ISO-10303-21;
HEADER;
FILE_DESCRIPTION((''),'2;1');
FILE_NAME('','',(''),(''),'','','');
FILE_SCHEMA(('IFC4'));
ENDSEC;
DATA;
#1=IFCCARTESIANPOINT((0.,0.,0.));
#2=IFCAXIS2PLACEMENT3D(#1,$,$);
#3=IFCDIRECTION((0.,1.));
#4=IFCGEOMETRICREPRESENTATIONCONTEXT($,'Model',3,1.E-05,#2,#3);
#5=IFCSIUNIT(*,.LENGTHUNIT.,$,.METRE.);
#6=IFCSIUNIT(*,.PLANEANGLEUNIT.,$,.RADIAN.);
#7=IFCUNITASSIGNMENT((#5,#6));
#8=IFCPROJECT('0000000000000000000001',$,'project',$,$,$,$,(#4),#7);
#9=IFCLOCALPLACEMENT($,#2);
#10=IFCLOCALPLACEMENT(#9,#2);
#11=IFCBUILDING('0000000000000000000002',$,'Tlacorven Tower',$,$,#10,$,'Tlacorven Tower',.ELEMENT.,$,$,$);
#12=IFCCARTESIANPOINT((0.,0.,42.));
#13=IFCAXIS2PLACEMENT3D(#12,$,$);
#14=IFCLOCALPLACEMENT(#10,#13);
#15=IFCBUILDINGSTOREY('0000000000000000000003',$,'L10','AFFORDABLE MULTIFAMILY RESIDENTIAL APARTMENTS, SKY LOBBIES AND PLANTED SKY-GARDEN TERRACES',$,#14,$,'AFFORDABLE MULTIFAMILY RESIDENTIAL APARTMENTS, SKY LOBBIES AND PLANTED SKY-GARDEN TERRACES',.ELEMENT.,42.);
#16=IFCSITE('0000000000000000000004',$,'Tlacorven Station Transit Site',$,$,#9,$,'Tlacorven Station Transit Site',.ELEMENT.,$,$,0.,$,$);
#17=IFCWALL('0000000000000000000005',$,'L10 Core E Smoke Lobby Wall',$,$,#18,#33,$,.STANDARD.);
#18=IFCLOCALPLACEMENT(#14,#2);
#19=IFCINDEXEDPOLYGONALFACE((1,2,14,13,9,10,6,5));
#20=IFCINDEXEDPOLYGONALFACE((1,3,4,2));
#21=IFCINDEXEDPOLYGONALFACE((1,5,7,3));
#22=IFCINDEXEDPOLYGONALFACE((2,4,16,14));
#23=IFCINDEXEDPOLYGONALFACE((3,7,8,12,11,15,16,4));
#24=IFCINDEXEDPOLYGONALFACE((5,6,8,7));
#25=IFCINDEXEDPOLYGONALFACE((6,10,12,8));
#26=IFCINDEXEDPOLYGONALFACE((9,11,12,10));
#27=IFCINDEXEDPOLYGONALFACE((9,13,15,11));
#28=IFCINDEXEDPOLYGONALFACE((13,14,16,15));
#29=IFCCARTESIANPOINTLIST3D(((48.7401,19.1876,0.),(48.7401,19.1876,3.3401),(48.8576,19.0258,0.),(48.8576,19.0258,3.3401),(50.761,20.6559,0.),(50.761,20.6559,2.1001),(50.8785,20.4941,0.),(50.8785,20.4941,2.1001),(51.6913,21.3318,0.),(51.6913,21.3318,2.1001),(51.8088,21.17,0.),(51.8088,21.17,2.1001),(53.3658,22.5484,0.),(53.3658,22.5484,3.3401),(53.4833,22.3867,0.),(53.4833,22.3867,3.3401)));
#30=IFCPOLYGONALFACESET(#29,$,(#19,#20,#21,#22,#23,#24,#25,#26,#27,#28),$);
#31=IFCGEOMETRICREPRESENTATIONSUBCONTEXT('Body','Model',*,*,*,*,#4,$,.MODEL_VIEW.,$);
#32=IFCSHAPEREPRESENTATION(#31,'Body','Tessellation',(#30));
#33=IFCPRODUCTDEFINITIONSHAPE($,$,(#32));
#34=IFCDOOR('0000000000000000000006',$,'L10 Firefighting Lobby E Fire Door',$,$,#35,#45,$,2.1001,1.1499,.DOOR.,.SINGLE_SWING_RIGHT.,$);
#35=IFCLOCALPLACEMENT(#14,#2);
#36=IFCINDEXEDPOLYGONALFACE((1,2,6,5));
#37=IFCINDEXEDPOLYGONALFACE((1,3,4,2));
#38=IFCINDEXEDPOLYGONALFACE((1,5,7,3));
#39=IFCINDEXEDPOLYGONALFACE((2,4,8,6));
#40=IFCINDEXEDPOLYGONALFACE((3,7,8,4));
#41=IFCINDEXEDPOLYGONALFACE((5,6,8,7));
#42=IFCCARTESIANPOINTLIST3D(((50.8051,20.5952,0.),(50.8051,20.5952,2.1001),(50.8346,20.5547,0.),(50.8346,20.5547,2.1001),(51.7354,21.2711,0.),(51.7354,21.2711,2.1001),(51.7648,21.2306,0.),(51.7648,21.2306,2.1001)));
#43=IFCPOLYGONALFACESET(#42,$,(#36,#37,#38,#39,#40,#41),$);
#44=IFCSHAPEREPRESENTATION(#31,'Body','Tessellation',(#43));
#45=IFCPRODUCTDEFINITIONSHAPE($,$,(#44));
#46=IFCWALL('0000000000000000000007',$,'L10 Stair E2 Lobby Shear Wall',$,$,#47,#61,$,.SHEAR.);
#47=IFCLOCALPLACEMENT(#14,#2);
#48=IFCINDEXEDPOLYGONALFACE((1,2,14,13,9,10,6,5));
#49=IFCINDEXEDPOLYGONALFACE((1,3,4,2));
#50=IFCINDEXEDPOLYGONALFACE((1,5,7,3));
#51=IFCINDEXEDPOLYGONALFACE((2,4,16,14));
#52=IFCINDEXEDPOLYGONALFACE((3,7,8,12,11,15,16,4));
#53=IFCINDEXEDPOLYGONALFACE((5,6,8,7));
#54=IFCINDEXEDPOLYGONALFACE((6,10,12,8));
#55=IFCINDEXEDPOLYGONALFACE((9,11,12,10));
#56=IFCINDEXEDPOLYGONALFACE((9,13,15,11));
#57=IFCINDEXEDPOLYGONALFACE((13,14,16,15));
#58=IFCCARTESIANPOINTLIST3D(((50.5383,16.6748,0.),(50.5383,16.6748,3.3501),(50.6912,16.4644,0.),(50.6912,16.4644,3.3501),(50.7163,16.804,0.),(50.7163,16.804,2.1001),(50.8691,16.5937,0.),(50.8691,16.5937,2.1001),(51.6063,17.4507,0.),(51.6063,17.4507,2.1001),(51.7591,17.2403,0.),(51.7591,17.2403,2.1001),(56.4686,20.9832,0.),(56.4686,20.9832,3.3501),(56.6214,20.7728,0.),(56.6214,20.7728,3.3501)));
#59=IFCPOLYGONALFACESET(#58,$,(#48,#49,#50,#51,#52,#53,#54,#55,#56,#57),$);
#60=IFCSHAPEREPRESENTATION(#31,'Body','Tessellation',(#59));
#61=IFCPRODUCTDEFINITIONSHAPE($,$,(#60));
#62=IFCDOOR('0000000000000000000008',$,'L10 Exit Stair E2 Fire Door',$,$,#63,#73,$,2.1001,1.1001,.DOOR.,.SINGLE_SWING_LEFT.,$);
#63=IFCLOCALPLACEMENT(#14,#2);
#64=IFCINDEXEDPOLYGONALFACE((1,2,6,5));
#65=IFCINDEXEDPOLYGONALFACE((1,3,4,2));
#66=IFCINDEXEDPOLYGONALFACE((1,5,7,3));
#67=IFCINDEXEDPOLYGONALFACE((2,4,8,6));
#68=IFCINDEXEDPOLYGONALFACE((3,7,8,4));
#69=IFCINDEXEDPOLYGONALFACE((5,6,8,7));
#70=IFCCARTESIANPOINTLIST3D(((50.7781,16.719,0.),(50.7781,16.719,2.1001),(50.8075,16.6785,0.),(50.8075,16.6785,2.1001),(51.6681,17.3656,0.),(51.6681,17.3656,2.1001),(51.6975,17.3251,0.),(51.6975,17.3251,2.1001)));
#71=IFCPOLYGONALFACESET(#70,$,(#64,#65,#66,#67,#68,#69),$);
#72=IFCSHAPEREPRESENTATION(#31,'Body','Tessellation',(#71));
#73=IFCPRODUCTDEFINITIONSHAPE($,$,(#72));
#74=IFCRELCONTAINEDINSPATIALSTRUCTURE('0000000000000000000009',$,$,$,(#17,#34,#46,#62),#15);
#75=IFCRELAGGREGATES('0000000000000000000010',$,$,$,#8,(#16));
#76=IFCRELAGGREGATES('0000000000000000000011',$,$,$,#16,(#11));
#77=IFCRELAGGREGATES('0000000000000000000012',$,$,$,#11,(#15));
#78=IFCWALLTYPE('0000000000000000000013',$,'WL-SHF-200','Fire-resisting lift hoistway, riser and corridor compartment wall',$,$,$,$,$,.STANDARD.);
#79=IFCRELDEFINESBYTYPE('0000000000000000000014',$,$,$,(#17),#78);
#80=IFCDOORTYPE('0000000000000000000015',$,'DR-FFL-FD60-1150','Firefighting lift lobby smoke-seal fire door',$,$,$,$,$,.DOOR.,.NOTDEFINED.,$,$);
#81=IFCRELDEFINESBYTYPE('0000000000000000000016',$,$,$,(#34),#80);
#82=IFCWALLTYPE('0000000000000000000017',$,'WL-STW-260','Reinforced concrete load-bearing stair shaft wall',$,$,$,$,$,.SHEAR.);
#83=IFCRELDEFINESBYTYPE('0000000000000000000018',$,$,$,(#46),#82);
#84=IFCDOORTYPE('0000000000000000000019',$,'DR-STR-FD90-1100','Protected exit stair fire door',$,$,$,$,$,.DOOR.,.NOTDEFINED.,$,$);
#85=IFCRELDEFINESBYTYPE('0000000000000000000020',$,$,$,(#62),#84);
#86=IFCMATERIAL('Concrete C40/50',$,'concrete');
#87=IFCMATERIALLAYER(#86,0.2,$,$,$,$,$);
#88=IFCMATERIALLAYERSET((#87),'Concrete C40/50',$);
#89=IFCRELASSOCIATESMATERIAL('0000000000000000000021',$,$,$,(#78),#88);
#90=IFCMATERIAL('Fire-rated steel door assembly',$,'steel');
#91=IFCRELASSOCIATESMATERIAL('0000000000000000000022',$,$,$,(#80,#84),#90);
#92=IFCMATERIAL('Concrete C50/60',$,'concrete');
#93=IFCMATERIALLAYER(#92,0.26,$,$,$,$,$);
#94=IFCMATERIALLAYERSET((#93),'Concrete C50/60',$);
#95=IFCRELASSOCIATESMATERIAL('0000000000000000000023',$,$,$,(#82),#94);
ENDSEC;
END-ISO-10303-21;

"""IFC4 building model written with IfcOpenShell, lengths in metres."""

from ifc_helpers import new_model, si_unit, direction, frame, frame_2d, origin, place, context, subcontext, project, spatial, rectangle, extrude, source, transform, mapped, material, layer, layer_set, type_object, element, fill, save


model = new_model("IFC4")

# Units and contexts
model_context = context("Model", 3, precision=1e-05, world=origin(), true_north=direction((0.0, 1.0)))
body_context = subcontext(model_context, "Body", "Model", "MODEL_VIEW")
ifc_project = project(units=[si_unit("LENGTHUNIT", "METRE"), si_unit("PLANEANGLEUNIT", "RADIAN")], contexts=[model_context])

# Site, building, storey
site_placement = place(None, origin())
site = spatial("IfcSite", under=ifc_project, at=site_placement, Name="Tlacorven Station Transit Site", LongName="Tlacorven Station Transit Site", CompositionType="ELEMENT", RefElevation=0.0)
building_placement = place(site_placement, origin())
building = spatial("IfcBuilding", under=site, at=building_placement, Name="Tlacorven Tower", LongName="Tlacorven Tower", CompositionType="ELEMENT")
storey_placement = place(building_placement, frame((0.0, 0.0, 42.0)))
storey = spatial("IfcBuildingStorey", under=building, at=storey_placement, Name="L10", Description="AFFORDABLE MULTIFAMILY RESIDENTIAL APARTMENTS, SKY LOBBIES AND PLANTED SKY-GARDEN TERRACES", LongName="AFFORDABLE MULTIFAMILY RESIDENTIAL APARTMENTS, SKY LOBBIES AND PLANTED SKY-GARDEN TERRACES", CompositionType="ELEMENT", Elevation=42.0)

# Shared definitions
ifc_material_1 = material(Name="Fire-rated steel door assembly", Category="steel")

# Walls, openings, doors
ifc_material_2 = material(Name="Concrete C40/50", Category="concrete")
ifc_layer_1 = layer(ifc_material_2, 0.2)
ifc_layer_set_1 = layer_set([ifc_layer_1], Name="Concrete C40/50")
wall_type_1 = type_object("IfcWallType", Name="WL-SHF-200", Description="Fire-resisting lift hoistway, riser and corridor compartment wall", PredefinedType="STANDARD", material=ifc_layer_set_1)
door_type_1 = type_object("IfcDoorType", Name="DR-FFL-FD60-1150", Description="Firefighting lift lobby smoke-seal fire door", OperationType="NOTDEFINED", PredefinedType="DOOR", material=ifc_material_1)
shared_shape_1 = source(origin(), body_context, "Body", "SweptSolid", [
    extrude(rectangle(XDim=1.1499, YDim=2.1001, at=frame_2d((0.575, 1.05))), frame((0.0, 0.0249, 0.0), z_axis=(0.0, -1.0, 0.0), x_axis=(1.0, 0.0, 0.0)), (0.0, 0.0, 1.0), 0.05),
])
wall_1_placement = place(storey_placement, frame((48.7988, 19.1067, 0.0), z_axis=(0.0, 0.0, 1.0), x_axis=(0.809013, 0.587791, 0.0)))
wall_1 = element("IfcWall", 1, at=wall_1_placement, inside=storey, type_object=wall_type_1, Name="L10 Core E Smoke Lobby Wall", PredefinedType="STANDARD", context=body_context, shape_type="SweptSolid", body=[
    extrude(rectangle(XDim=5.7178, YDim=0.2, at=frame_2d((2.8589, 0.0))), origin(), (0.0, 0.0, 1.0), 3.3401),
])
opening_1_placement = place(wall_1_placement, frame((2.498, 0.0, 0.0)))
opening_1 = element("IfcOpeningElement", 2, at=opening_1_placement, cuts=wall_1, PredefinedType="OPENING", context=body_context, shape_type="SweptSolid", body=[
    extrude(rectangle(XDim=1.1499, YDim=2.1001, at=frame_2d((0.575, 1.05))), frame((0.0, 0.1099, 0.0), z_axis=(0.0, -1.0, 0.0), x_axis=(1.0, 0.0, 0.0)), (0.0, 0.0, 1.0), 0.22),
])
door_1_placement = place(opening_1_placement, origin())
door_1 = element("IfcDoor", 3, at=door_1_placement, inside=storey, type_object=door_type_1, Name="L10 Firefighting Lobby E Fire Door", OperationType="SINGLE_SWING_RIGHT", OverallHeight=2.1001, OverallWidth=1.1499, PredefinedType="DOOR", context=body_context, shape_type="MappedRepresentation", body=[
    mapped(shared_shape_1, transform((0.0, 0.0, 0.0), scale=1.0)),
])
fill(opening_1, door_1)
ifc_material_3 = material(Name="Concrete C50/60", Category="concrete")
ifc_layer_2 = layer(ifc_material_3, 0.26)
ifc_layer_set_2 = layer_set([ifc_layer_2], Name="Concrete C50/60")
wall_type_2 = type_object("IfcWallType", Name="WL-STW-260", Description="Reinforced concrete load-bearing stair shaft wall", PredefinedType="SHEAR", material=ifc_layer_set_2)
wall_2_placement = place(storey_placement, frame((50.6147, 16.5696, 0.0), z_axis=(0.0, 0.0, 1.0), x_axis=(0.809028, 0.58777, 0.0)))
wall_2 = element("IfcWall", 4, at=wall_2_placement, inside=storey, type_object=wall_type_2, Name="L10 Stair E2 Lobby Shear Wall", PredefinedType="SHEAR", context=body_context, shape_type="SweptSolid", body=[
    extrude(rectangle(XDim=7.3301, YDim=0.26, at=frame_2d((3.665, 0.0))), origin(), (0.0, 0.0, 1.0), 3.3501),
])
opening_2_placement = place(wall_2_placement, frame((0.22, 0.0, 0.0)))
opening_2 = element("IfcOpeningElement", 5, at=opening_2_placement, cuts=wall_2, PredefinedType="OPENING", context=body_context, shape_type="SweptSolid", body=[
    extrude(rectangle(XDim=1.1001, YDim=2.1001, at=frame_2d((0.55, 1.05))), frame((0.0, 0.1401, 0.0), z_axis=(0.0, -1.0, 0.0), x_axis=(1.0, 0.0, 0.0)), (0.0, 0.0, 1.0), 0.28),
])
door_type_2 = type_object("IfcDoorType", Name="DR-STR-FD90-1100", Description="Protected exit stair fire door", OperationType="NOTDEFINED", PredefinedType="DOOR", material=ifc_material_1)
shared_shape_2 = source(origin(), body_context, "Body", "SweptSolid", [
    extrude(rectangle(XDim=1.1001, YDim=2.1001, at=frame_2d((0.55, 1.05))), frame((0.0, 0.0249, 0.0), z_axis=(0.0, -1.0, 0.0), x_axis=(1.0, 0.0, 0.0)), (0.0, 0.0, 1.0), 0.05),
])
door_2_placement = place(opening_2_placement, origin())
door_2 = element("IfcDoor", 6, at=door_2_placement, inside=storey, type_object=door_type_2, Name="L10 Exit Stair E2 Fire Door", OperationType="SINGLE_SWING_LEFT", OverallHeight=2.1001, OverallWidth=1.1001, PredefinedType="DOOR", context=body_context, shape_type="MappedRepresentation", body=[
    mapped(shared_shape_2, transform((0.0, 0.0, 0.0), scale=1.0)),
])
fill(opening_2, door_2)

save(model, "model.ifc")
